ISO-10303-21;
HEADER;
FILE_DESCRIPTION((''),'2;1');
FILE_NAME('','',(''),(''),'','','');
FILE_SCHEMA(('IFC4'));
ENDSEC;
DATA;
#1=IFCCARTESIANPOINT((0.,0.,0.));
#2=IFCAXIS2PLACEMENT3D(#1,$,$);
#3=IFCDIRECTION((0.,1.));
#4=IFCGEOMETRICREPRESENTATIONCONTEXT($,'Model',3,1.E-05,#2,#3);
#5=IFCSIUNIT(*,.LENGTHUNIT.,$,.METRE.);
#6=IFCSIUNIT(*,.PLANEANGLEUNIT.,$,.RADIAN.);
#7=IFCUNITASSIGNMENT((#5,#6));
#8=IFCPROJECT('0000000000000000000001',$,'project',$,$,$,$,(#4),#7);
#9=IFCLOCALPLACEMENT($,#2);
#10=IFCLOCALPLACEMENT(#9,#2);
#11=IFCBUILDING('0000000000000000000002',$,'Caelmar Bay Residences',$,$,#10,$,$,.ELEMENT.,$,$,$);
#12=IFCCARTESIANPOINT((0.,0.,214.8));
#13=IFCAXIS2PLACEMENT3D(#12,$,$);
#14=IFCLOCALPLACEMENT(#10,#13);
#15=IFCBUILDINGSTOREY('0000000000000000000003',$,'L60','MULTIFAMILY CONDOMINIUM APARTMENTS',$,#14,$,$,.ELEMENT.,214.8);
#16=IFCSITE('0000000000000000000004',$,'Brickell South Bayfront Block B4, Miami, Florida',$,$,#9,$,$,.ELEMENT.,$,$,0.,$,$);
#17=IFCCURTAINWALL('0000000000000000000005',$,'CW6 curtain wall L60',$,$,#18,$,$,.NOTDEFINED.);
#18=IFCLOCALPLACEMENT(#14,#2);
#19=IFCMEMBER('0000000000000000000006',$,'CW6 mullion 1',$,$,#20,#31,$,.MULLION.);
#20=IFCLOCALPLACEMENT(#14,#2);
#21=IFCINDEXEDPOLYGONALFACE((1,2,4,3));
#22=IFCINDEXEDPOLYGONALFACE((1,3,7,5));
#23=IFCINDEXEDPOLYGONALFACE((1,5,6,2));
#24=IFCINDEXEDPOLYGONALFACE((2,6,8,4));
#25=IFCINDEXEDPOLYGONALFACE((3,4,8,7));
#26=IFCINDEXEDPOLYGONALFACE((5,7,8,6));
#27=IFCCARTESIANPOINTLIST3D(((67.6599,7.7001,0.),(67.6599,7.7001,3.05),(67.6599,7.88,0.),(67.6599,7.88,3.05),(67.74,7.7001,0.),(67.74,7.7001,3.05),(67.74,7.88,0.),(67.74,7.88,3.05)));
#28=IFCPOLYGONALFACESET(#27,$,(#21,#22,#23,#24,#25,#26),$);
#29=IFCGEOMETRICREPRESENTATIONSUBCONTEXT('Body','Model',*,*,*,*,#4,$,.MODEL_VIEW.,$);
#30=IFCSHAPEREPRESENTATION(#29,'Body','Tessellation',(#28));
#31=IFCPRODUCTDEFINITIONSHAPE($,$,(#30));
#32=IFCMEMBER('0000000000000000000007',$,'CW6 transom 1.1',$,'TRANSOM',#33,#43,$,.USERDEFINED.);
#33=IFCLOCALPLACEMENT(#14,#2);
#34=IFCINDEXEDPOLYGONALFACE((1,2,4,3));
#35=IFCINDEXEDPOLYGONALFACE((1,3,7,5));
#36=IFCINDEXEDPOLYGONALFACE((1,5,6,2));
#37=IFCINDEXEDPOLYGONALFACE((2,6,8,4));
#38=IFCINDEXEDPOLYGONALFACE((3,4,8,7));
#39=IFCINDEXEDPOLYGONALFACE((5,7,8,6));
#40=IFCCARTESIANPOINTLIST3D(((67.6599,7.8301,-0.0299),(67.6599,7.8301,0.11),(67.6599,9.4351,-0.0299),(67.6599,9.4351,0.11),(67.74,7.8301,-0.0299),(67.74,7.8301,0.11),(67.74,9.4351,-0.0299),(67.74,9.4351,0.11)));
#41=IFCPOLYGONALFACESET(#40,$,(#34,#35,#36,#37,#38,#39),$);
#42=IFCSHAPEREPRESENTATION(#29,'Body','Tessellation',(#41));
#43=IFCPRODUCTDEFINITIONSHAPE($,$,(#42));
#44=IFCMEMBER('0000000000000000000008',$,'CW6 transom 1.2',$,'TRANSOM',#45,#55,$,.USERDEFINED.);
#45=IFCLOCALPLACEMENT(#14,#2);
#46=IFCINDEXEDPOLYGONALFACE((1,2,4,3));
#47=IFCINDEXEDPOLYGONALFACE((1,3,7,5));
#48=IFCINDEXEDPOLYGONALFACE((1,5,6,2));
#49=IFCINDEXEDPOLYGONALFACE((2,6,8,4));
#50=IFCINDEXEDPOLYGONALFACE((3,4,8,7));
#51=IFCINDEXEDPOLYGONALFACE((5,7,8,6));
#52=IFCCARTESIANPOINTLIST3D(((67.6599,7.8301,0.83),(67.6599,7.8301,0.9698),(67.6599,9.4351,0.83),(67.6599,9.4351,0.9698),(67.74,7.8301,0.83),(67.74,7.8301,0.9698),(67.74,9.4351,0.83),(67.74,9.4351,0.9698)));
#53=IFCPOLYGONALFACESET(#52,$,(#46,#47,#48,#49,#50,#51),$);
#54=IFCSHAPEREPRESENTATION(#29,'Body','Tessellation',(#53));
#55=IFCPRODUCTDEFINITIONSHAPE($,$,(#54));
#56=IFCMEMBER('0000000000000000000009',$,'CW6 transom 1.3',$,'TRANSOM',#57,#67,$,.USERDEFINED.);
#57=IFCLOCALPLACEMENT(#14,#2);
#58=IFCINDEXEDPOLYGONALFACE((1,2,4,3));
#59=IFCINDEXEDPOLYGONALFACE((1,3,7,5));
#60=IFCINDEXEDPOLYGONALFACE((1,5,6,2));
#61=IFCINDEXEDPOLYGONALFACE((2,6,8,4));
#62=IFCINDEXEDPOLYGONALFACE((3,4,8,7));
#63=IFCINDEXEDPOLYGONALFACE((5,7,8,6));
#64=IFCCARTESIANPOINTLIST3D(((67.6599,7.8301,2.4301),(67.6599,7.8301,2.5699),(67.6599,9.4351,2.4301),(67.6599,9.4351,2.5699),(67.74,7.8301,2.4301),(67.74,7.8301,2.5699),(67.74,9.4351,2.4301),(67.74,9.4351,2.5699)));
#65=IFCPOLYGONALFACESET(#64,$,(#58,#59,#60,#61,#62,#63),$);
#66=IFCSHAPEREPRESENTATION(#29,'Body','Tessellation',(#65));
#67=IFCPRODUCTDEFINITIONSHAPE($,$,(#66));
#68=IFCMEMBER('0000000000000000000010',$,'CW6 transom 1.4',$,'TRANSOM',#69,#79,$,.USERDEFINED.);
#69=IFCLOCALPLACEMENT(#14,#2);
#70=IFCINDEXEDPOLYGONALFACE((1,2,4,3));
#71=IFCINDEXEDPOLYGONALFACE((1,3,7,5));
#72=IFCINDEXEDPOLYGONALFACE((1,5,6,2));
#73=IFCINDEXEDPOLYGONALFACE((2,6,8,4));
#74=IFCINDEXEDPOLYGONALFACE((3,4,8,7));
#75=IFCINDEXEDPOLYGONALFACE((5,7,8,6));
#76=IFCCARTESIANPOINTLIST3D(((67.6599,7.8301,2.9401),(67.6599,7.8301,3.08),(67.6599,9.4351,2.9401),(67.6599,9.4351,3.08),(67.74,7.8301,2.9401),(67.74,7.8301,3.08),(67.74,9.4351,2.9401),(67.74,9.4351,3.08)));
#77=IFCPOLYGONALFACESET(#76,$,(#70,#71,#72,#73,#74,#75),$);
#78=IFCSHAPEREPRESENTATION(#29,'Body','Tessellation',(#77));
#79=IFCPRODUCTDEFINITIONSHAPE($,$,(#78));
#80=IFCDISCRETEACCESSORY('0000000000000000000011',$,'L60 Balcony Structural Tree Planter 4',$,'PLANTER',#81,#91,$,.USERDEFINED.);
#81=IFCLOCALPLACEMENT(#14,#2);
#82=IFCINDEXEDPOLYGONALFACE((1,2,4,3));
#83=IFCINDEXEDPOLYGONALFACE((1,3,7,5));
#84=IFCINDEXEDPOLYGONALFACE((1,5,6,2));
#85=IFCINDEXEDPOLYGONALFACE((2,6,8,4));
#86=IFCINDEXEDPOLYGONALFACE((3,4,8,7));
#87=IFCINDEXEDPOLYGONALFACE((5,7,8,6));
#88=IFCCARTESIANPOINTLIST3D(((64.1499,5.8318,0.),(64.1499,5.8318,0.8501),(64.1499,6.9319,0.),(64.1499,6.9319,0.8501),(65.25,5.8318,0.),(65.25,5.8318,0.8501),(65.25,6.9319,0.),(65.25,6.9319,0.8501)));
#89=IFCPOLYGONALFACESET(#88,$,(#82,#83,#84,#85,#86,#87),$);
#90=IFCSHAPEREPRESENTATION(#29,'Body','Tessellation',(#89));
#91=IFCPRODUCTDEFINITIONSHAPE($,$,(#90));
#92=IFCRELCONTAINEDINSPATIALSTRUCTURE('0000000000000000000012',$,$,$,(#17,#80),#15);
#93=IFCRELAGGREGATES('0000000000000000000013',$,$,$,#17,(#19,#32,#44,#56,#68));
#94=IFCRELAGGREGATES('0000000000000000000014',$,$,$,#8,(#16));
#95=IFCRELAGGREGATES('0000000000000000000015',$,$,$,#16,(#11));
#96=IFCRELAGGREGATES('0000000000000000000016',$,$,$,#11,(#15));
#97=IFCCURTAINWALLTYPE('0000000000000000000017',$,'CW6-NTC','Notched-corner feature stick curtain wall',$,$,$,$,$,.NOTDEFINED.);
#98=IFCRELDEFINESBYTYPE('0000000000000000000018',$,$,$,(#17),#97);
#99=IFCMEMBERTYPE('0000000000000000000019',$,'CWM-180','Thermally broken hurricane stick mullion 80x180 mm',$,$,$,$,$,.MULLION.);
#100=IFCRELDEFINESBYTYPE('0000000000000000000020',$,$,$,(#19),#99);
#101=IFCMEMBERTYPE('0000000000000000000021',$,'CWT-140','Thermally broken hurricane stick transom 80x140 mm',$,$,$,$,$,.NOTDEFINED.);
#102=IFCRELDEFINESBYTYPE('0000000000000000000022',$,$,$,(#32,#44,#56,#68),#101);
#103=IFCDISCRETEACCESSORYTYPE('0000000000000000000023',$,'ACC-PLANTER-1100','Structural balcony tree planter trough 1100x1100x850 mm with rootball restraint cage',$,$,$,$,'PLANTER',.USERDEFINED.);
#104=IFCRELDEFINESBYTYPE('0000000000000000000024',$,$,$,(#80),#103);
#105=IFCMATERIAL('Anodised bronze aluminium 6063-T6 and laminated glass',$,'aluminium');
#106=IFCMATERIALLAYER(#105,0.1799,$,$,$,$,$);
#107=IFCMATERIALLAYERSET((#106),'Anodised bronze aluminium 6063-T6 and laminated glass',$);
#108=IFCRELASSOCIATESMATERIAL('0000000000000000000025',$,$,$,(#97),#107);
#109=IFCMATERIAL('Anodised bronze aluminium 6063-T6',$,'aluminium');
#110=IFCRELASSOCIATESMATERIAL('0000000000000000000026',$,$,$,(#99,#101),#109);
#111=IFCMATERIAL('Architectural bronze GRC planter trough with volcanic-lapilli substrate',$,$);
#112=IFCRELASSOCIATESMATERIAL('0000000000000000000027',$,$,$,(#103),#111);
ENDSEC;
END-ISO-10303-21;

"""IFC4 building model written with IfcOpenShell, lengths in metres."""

from ifc_helpers import new_model, si_unit, direction, frame, origin, origin_2d, place, context, subcontext, project, spatial, rectangle, extrude, material, layer, layer_set, material_profile, profile_set, type_object, element, aggregate, save


model = new_model("IFC4")

# Units and contexts
model_context = context("Model", 3, precision=1e-05, world=origin(), true_north=direction((0.0, 1.0)))
body_context = subcontext(model_context, "Body", "Model", "MODEL_VIEW")
ifc_project = project(units=[si_unit("LENGTHUNIT", "METRE"), si_unit("PLANEANGLEUNIT", "RADIAN")], contexts=[model_context])

# Site, building, storey
site_placement = place(None, origin())
site = spatial("IfcSite", under=ifc_project, at=site_placement, Name="Brickell South Bayfront Block B4, Miami, Florida", CompositionType="ELEMENT", RefElevation=0.0)
building_placement = place(site_placement, origin())
building = spatial("IfcBuilding", under=site, at=building_placement, Name="Caelmar Bay Residences", CompositionType="ELEMENT")
storey_placement = place(building_placement, frame((0.0, 0.0, 214.8)))
storey = spatial("IfcBuildingStorey", under=building, at=storey_placement, Name="L60", Description="MULTIFAMILY CONDOMINIUM APARTMENTS", CompositionType="ELEMENT", Elevation=214.8)

# Curtain wall, members
ifc_material_1 = material(Name="Anodised bronze aluminium 6063-T6 and laminated glass", Category="aluminium")
ifc_layer_1 = layer(ifc_material_1, 0.1799)
ifc_layer_set_1 = layer_set([ifc_layer_1], Name="Anodised bronze aluminium 6063-T6 and laminated glass")
curtain_wall_type = type_object("IfcCurtainWallType", Name="CW6-NTC", Description="Notched-corner feature stick curtain wall", PredefinedType="NOTDEFINED", material=ifc_layer_set_1)
curtain_wall_placement = place(storey_placement, origin())
curtain_wall = element("IfcCurtainWall", 1, at=curtain_wall_placement, inside=storey, type_object=curtain_wall_type, Name="CW6 curtain wall L60", PredefinedType="NOTDEFINED")
ifc_material_2 = material(Name="Anodised bronze aluminium 6063-T6", Category="aluminium")
ifc_material_profile_1 = material_profile(ifc_material_2, rectangle(XDim=0.0801, YDim=0.1799, at=origin_2d()), Name="CWM-80X180")
ifc_profile_set_1 = profile_set([ifc_material_profile_1], Name="Anodised bronze aluminium 6063-T6")
member_type_1 = type_object("IfcMemberType", Name="CWM-180", Description="Thermally broken hurricane stick mullion 80x180 mm", PredefinedType="MULLION", material=ifc_profile_set_1)
member_1_placement = place(storey_placement, frame((67.7, 7.79, 0.0), z_axis=(0.0, 0.0, 1.0), x_axis=(-1.0, 0.0, 0.0)))
member_1 = element("IfcMember", 2, at=member_1_placement, type_object=member_type_1, Name="CW6 mullion 1", PredefinedType="MULLION", context=body_context, shape_type="SweptSolid", body=[
    extrude(rectangle(XDim=0.0801, YDim=0.1799, at=origin_2d()), origin(), (0.0, 0.0, 1.0), 3.05),
])
ifc_material_profile_2 = material_profile(ifc_material_2, rectangle(XDim=0.0801, YDim=0.1399, at=origin_2d()), Name="CWT-80X140")
ifc_profile_set_2 = profile_set([ifc_material_profile_2], Name="Anodised bronze aluminium 6063-T6")
member_type_2 = type_object("IfcMemberType", Name="CWT-140", Description="Thermally broken hurricane stick transom 80x140 mm", PredefinedType="NOTDEFINED", material=ifc_profile_set_2)
member_2_placement = place(storey_placement, frame((67.7, 7.8301, 0.04), z_axis=(0.0, 1.0, 0.0), x_axis=(-1.0, 0.0, 0.0)))
member_2 = element("IfcMember", 3, at=member_2_placement, type_object=member_type_2, Name="CW6 transom 1.1", ObjectType="TRANSOM", PredefinedType="USERDEFINED", context=body_context, shape_type="SweptSolid", body=[
    extrude(rectangle(XDim=0.0801, YDim=0.1399, at=origin_2d()), origin(), (0.0, 0.0, 1.0), 1.605),
])
member_3_placement = place(storey_placement, frame((67.7, 7.8301, 0.8999), z_axis=(0.0, 1.0, 0.0), x_axis=(-1.0, 0.0, 0.0)))
member_3 = element("IfcMember", 4, at=member_3_placement, type_object=member_type_2, Name="CW6 transom 1.2", ObjectType="TRANSOM", PredefinedType="USERDEFINED", context=body_context, shape_type="SweptSolid", body=[
    extrude(rectangle(XDim=0.0801, YDim=0.1399, at=origin_2d()), origin(), (0.0, 0.0, 1.0), 1.605),
])
member_4_placement = place(storey_placement, frame((67.7, 7.8301, 2.5), z_axis=(0.0, 1.0, 0.0), x_axis=(-1.0, 0.0, 0.0)))
member_4 = element("IfcMember", 5, at=member_4_placement, type_object=member_type_2, Name="CW6 transom 1.3", ObjectType="TRANSOM", PredefinedType="USERDEFINED", context=body_context, shape_type="SweptSolid", body=[
    extrude(rectangle(XDim=0.0801, YDim=0.1399, at=origin_2d()), origin(), (0.0, 0.0, 1.0), 1.605),
])
member_5_placement = place(storey_placement, frame((67.7, 7.8301, 3.01), z_axis=(0.0, 1.0, 0.0), x_axis=(-1.0, 0.0, 0.0)))
member_5 = element("IfcMember", 6, at=member_5_placement, type_object=member_type_2, Name="CW6 transom 1.4", ObjectType="TRANSOM", PredefinedType="USERDEFINED", context=body_context, shape_type="SweptSolid", body=[
    extrude(rectangle(XDim=0.0801, YDim=0.1399, at=origin_2d()), origin(), (0.0, 0.0, 1.0), 1.605),
])
aggregate(curtain_wall, [member_1, member_2, member_3, member_4, member_5])

# Discrete accessory
ifc_material_3 = material(Name="Architectural bronze GRC planter trough with volcanic-lapilli substrate")
discrete_accessory_type = type_object("IfcDiscreteAccessoryType", Name="ACC-PLANTER-1100", Description="Structural balcony tree planter trough 1100x1100x850 mm with rootball restraint cage", ElementType="PLANTER", PredefinedType="USERDEFINED", material=ifc_material_3)
discrete_accessory_placement = place(storey_placement, frame((64.7, 6.3818, 0.0), z_axis=(0.0, 0.0, 1.0), x_axis=(1.0, 0.0, 0.0)))
element("IfcDiscreteAccessory", 7, at=discrete_accessory_placement, inside=storey, type_object=discrete_accessory_type, Name="L60 Balcony Structural Tree Planter 4", ObjectType="PLANTER", PredefinedType="USERDEFINED", context=body_context, shape_type="SweptSolid", body=[
    extrude(rectangle(XDim=1.1001, YDim=1.1001, at=origin_2d()), origin(), (0.0, 0.0, 1.0), 0.8501),
])

save(model, "model.ifc")
